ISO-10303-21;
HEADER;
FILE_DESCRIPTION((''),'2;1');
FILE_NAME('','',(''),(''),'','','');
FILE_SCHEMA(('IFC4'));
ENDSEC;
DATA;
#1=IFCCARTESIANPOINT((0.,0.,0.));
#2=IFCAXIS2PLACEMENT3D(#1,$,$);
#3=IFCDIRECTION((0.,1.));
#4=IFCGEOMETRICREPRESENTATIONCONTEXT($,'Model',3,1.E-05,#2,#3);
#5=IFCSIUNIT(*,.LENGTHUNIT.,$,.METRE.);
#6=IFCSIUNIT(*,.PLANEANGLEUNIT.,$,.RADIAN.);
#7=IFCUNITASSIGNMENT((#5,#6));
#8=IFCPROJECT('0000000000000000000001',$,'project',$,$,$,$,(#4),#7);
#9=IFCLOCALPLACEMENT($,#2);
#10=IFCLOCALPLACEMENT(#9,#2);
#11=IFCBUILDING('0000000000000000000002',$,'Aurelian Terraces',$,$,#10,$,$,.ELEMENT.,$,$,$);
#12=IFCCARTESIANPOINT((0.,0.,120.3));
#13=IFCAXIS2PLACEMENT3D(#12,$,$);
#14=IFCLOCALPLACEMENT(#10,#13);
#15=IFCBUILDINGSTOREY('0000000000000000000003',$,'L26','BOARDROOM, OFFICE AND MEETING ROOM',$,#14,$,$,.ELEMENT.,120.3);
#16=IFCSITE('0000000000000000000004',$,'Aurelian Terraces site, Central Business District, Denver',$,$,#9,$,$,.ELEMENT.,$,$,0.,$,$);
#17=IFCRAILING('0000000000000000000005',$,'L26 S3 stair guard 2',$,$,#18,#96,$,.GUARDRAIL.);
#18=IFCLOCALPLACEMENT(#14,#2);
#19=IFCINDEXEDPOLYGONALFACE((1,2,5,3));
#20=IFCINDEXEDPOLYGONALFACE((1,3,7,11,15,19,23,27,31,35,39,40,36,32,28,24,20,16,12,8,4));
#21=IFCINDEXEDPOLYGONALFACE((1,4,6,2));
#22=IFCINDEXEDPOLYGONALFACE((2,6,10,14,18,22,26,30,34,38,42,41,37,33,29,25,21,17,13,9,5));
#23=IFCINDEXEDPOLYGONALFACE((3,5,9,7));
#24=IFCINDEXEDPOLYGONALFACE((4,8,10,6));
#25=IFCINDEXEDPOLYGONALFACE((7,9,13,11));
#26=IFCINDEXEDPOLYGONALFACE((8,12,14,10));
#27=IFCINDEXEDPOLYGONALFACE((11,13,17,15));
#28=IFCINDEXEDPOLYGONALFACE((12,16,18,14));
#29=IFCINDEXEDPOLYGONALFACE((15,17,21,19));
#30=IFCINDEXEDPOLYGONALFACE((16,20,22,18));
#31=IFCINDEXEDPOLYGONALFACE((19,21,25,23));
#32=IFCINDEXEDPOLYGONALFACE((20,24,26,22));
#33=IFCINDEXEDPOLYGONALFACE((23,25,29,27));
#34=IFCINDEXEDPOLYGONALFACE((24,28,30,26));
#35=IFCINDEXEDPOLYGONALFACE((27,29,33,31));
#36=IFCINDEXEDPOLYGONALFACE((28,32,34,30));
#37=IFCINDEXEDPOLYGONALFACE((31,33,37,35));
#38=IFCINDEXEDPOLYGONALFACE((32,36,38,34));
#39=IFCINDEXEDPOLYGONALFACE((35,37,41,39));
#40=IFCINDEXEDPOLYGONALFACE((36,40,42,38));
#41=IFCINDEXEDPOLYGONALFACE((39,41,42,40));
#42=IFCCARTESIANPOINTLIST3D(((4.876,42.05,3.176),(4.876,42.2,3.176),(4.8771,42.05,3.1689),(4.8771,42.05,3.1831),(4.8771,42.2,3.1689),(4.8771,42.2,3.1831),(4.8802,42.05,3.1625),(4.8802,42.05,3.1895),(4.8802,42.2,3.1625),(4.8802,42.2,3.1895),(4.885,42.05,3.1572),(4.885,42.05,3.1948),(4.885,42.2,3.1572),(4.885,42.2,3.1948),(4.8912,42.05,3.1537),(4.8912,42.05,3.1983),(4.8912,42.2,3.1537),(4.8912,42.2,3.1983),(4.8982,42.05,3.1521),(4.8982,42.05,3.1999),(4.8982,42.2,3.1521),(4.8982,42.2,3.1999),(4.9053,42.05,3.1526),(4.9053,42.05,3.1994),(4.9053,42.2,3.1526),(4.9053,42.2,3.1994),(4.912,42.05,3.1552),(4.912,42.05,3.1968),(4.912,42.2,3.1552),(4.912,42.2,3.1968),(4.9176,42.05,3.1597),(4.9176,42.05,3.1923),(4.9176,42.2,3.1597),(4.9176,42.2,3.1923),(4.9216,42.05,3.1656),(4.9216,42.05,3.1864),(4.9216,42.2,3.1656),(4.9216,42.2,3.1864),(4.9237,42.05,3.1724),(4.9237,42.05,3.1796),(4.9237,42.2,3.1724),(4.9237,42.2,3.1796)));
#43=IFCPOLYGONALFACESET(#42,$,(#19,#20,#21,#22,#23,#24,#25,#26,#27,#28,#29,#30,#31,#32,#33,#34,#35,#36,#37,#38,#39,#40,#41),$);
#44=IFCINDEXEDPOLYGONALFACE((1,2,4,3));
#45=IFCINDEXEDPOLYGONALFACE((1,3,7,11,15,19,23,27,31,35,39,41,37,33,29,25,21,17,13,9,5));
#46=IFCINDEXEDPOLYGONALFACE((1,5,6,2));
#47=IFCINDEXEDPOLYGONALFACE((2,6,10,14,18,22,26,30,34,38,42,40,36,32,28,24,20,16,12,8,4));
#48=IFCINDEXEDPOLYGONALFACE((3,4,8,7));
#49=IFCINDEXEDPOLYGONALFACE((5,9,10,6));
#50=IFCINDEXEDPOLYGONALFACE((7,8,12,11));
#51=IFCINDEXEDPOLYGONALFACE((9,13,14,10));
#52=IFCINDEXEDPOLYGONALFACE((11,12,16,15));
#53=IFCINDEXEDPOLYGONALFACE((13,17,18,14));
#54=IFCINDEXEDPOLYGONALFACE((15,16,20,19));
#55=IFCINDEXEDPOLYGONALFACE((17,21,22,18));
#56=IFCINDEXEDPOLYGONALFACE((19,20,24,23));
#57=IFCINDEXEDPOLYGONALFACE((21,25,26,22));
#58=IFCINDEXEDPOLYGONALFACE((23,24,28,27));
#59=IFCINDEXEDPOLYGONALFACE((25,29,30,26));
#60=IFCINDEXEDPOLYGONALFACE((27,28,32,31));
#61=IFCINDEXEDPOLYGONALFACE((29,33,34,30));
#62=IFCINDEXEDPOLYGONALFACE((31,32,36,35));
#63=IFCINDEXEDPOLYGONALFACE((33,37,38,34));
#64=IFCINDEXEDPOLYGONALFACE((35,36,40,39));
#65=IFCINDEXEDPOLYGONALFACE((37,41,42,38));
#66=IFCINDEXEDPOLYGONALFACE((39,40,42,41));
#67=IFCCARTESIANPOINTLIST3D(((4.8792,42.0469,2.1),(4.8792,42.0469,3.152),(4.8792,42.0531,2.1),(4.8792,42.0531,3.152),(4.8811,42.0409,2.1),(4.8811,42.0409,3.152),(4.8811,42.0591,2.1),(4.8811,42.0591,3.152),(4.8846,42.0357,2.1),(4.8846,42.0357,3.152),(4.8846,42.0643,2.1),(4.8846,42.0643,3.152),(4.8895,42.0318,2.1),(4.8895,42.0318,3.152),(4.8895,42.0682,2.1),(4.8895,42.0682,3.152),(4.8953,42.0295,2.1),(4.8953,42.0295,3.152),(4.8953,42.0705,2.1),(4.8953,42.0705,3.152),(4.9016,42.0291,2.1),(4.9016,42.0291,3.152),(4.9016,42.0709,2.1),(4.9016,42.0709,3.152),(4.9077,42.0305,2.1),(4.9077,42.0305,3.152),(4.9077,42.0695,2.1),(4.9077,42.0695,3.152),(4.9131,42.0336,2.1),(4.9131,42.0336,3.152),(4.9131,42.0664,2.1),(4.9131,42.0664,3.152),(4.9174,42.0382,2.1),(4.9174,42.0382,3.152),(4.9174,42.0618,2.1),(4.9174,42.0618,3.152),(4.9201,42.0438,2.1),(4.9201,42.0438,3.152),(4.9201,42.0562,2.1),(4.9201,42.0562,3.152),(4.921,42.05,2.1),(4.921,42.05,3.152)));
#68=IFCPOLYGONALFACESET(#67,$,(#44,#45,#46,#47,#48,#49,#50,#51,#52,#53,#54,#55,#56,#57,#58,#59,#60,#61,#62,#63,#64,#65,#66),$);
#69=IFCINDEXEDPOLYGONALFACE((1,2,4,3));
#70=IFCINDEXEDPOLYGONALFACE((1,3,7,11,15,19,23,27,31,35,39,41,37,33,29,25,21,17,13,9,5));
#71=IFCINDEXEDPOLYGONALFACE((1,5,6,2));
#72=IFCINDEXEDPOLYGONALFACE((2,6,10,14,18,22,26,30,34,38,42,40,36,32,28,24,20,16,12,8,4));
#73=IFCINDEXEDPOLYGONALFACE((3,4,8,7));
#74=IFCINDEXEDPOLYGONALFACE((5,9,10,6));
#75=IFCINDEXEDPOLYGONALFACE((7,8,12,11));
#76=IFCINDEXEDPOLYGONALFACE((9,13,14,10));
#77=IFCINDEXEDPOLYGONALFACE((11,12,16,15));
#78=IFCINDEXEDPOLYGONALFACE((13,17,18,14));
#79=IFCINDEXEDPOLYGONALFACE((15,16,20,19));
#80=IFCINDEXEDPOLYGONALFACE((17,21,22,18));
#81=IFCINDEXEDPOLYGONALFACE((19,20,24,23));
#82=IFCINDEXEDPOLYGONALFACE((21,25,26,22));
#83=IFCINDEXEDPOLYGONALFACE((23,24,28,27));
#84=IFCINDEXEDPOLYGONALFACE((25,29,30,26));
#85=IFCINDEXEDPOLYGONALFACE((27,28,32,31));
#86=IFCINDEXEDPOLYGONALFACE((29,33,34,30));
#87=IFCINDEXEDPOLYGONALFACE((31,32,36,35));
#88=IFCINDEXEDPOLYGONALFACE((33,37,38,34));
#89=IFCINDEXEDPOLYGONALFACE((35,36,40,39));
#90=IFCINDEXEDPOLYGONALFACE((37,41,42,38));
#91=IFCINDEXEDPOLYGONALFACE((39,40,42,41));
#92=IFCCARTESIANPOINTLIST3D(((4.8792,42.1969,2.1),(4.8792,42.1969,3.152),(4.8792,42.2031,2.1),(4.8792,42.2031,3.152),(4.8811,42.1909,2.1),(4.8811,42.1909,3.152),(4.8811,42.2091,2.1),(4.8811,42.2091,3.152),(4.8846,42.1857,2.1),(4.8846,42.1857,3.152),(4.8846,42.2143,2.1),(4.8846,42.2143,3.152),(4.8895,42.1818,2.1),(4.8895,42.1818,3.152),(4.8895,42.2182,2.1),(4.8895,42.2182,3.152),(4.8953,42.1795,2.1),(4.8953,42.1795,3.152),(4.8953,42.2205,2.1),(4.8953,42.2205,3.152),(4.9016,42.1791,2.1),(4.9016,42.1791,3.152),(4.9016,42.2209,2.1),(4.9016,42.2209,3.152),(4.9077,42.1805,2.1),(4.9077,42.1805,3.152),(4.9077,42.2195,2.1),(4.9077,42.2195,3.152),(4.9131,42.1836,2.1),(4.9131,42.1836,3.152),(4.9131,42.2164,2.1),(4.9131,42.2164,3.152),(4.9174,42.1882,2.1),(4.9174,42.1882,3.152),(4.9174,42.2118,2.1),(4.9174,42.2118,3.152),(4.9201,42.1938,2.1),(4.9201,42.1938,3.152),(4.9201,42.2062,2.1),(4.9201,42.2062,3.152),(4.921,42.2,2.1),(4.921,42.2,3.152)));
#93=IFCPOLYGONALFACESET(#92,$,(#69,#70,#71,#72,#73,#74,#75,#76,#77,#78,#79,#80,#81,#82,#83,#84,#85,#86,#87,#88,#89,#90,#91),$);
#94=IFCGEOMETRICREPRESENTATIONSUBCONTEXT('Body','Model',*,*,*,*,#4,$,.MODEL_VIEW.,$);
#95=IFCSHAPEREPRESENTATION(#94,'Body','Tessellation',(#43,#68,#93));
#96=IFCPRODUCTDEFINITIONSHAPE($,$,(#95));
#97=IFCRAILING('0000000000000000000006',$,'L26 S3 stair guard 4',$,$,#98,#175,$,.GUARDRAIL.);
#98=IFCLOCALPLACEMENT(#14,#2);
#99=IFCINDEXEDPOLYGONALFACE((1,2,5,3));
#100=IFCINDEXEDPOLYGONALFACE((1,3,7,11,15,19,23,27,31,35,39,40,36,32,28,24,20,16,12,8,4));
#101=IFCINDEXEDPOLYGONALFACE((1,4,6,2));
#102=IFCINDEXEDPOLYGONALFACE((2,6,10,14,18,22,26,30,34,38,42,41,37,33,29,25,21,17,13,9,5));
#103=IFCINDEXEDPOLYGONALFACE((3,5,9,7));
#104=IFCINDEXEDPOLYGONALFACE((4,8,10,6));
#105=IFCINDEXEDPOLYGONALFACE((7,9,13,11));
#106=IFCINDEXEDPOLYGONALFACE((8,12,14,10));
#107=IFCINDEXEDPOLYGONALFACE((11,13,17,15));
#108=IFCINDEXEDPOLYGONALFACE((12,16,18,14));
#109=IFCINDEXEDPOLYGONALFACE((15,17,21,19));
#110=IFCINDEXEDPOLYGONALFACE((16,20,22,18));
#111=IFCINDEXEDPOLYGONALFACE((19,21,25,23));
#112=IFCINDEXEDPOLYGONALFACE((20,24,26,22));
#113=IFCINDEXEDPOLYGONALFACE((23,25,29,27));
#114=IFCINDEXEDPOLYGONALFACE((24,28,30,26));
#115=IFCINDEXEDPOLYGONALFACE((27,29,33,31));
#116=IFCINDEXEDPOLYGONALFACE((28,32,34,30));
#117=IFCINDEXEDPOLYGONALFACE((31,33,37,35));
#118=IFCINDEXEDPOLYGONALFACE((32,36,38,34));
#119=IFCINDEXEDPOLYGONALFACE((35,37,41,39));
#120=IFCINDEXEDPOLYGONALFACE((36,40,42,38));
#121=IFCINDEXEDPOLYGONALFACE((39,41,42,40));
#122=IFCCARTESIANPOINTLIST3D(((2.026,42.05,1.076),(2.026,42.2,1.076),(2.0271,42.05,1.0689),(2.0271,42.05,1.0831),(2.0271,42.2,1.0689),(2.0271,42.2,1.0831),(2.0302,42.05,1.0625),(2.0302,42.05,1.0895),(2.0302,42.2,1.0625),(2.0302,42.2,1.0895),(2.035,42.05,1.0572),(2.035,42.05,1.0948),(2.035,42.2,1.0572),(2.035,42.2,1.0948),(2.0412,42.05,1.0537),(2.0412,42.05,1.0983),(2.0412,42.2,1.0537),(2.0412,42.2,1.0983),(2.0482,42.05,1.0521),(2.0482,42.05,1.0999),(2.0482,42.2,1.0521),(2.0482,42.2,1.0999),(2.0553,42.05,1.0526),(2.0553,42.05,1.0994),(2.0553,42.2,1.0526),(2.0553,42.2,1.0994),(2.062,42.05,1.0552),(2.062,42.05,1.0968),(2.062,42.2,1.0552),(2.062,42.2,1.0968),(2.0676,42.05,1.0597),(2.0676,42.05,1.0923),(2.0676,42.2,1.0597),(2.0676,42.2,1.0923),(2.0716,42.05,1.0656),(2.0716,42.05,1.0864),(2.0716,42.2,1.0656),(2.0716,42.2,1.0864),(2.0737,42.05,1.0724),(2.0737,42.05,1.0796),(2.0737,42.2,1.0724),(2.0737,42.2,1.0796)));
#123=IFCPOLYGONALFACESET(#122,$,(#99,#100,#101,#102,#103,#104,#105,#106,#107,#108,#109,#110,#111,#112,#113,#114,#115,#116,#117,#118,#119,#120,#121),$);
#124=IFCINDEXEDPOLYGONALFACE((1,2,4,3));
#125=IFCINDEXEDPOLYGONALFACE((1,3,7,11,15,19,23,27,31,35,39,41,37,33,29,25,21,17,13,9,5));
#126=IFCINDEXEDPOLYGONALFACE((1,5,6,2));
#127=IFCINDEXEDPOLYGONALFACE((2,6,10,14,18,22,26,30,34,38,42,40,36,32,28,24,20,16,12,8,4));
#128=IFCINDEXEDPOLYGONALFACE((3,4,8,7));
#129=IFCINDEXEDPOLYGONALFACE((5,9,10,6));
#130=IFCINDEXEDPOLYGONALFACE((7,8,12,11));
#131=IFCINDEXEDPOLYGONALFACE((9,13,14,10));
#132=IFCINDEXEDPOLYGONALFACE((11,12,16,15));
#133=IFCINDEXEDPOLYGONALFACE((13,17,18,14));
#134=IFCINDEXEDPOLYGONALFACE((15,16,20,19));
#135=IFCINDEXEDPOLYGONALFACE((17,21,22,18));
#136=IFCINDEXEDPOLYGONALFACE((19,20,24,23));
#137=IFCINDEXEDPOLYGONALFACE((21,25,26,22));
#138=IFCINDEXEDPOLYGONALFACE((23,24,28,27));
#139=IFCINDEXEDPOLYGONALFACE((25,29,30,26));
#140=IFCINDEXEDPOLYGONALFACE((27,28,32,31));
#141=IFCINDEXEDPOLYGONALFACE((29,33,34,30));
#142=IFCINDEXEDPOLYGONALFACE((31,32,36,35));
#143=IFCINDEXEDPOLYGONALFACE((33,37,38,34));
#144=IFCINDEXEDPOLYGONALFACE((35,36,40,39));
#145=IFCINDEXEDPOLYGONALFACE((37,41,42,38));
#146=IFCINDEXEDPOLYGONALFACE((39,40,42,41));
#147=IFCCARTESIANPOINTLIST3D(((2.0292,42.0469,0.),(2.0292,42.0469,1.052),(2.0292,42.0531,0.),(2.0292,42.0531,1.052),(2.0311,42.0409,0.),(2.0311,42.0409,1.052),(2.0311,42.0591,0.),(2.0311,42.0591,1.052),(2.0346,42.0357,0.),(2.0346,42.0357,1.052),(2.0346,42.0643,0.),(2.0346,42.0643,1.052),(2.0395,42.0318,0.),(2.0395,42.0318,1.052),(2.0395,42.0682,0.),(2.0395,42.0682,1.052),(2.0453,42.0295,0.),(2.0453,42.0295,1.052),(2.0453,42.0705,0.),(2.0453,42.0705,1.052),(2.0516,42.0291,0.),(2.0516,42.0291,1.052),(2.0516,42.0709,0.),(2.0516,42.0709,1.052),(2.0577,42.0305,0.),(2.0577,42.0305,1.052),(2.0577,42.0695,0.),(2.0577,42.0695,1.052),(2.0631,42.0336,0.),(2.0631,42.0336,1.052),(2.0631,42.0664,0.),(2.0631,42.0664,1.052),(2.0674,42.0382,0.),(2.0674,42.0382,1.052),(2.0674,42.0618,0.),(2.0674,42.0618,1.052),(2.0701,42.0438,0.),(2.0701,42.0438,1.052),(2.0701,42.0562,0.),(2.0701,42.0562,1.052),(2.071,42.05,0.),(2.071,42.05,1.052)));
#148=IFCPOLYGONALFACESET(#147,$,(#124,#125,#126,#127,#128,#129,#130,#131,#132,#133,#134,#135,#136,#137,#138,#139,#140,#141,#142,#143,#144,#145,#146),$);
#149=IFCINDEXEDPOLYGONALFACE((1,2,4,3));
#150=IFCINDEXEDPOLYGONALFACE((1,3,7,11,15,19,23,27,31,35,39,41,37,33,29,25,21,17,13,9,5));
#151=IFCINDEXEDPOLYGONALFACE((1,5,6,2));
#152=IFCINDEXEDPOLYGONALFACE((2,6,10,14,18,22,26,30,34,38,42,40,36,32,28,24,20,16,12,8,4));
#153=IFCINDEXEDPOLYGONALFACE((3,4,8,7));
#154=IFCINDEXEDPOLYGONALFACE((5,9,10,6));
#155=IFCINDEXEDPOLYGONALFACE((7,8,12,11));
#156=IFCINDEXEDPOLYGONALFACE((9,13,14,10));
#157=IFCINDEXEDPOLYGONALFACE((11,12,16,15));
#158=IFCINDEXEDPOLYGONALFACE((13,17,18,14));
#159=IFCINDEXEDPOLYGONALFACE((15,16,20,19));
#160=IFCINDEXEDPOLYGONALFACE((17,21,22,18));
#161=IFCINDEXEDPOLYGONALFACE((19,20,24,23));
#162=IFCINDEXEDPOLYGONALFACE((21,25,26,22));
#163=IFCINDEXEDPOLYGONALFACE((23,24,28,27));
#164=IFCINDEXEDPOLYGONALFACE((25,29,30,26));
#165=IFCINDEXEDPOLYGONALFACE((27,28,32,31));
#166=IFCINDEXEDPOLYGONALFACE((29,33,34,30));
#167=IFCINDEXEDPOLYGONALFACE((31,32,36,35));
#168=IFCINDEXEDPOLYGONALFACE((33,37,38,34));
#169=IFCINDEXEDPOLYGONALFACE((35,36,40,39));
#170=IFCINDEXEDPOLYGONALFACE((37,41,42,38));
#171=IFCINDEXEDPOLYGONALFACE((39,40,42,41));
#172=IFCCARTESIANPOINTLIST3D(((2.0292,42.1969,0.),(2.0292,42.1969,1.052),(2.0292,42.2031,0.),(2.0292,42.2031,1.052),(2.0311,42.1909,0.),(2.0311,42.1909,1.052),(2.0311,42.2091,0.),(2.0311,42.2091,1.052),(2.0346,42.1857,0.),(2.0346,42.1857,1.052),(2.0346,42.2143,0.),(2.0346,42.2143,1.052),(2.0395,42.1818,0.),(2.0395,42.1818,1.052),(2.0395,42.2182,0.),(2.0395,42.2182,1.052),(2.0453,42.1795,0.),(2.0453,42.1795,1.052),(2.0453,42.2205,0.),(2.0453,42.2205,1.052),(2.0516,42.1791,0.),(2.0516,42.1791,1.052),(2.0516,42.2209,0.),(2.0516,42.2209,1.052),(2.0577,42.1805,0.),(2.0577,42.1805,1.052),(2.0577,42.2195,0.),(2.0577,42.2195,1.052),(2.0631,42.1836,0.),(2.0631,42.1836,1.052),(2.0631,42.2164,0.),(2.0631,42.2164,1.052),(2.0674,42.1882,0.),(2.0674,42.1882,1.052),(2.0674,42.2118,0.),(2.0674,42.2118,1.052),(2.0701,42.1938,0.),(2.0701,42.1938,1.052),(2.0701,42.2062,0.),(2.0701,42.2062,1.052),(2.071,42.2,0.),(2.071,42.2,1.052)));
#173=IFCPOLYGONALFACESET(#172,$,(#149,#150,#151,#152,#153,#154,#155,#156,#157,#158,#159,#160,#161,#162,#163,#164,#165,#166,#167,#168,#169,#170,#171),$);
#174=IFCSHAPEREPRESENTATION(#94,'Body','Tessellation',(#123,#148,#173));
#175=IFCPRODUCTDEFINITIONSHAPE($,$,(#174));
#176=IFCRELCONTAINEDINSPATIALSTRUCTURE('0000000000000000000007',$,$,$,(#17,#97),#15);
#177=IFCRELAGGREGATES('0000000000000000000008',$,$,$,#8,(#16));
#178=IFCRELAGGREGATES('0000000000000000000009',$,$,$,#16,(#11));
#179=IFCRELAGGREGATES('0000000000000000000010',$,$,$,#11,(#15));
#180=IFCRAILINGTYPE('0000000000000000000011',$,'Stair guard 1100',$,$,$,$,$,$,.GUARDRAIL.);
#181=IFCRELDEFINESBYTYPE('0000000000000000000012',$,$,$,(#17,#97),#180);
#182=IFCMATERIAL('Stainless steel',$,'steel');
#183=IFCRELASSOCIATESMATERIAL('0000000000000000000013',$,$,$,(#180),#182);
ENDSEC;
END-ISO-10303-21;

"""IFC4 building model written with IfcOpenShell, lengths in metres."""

from ifc_helpers import new_model, si_unit, direction, frame, origin, origin_2d, place, context, subcontext, project, spatial, circle, extrude, source, transform, mapped, material, type_object, element, save


model = new_model("IFC4")

# Units and contexts
model_context = context("Model", 3, precision=1e-05, world=origin(), true_north=direction((0.0, 1.0)))
body_context = subcontext(model_context, "Body", "Model", "MODEL_VIEW")
ifc_project = project(units=[si_unit("LENGTHUNIT", "METRE"), si_unit("PLANEANGLEUNIT", "RADIAN")], contexts=[model_context])

# Site, building, storey
site_placement = place(None, origin())
site = spatial("IfcSite", under=ifc_project, at=site_placement, Name="Aurelian Terraces site, Central Business District, Denver", CompositionType="ELEMENT", RefElevation=0.0)
building_placement = place(site_placement, origin())
building = spatial("IfcBuilding", under=site, at=building_placement, Name="Aurelian Terraces", CompositionType="ELEMENT")
storey_placement = place(building_placement, frame((0.0, 0.0, 120.3)))
storey = spatial("IfcBuildingStorey", under=building, at=storey_placement, Name="L26", Description="BOARDROOM, OFFICE AND MEETING ROOM", CompositionType="ELEMENT", Elevation=120.3)

# Railings
ifc_material_1 = material(Name="Stainless steel", Category="steel")
railing_type_1 = type_object("IfcRailingType", Name="Stair guard 1100", PredefinedType="GUARDRAIL", material=ifc_material_1)
shared_shape_1 = source(origin(), body_context, "Body", "SweptSolid", [
    extrude(circle(Radius=0.024, at=origin_2d()), frame((0.0, 0.0, 1.076), z_axis=(0.0, 1.0, 0.0), x_axis=(-1.0, 0.0, 0.0)), (0.0, 0.0, 1.0), 0.15),
    extrude(circle(Radius=0.021, at=origin_2d()), origin(), (0.0, 0.0, 1.0), 1.052),
    extrude(circle(Radius=0.021, at=origin_2d()), frame((0.0, 0.15, 0.0)), (0.0, 0.0, 1.0), 1.052),
])
for number, where, name in (
    (1, (4.9, 42.05, 2.1), "L26 S3 stair guard 2"),
    (2, (2.05, 42.05, 0.0), "L26 S3 stair guard 4"),
):
    element("IfcRailing", number, at=place(storey_placement, frame(where)), inside=storey, type_object=railing_type_1, Name=name, PredefinedType="GUARDRAIL", context=body_context, shape_type="MappedRepresentation", body=[
        mapped(shared_shape_1, transform((0.0, 0.0, 0.0), scale=1.0)),
    ])

save(model, "model.ifc")
